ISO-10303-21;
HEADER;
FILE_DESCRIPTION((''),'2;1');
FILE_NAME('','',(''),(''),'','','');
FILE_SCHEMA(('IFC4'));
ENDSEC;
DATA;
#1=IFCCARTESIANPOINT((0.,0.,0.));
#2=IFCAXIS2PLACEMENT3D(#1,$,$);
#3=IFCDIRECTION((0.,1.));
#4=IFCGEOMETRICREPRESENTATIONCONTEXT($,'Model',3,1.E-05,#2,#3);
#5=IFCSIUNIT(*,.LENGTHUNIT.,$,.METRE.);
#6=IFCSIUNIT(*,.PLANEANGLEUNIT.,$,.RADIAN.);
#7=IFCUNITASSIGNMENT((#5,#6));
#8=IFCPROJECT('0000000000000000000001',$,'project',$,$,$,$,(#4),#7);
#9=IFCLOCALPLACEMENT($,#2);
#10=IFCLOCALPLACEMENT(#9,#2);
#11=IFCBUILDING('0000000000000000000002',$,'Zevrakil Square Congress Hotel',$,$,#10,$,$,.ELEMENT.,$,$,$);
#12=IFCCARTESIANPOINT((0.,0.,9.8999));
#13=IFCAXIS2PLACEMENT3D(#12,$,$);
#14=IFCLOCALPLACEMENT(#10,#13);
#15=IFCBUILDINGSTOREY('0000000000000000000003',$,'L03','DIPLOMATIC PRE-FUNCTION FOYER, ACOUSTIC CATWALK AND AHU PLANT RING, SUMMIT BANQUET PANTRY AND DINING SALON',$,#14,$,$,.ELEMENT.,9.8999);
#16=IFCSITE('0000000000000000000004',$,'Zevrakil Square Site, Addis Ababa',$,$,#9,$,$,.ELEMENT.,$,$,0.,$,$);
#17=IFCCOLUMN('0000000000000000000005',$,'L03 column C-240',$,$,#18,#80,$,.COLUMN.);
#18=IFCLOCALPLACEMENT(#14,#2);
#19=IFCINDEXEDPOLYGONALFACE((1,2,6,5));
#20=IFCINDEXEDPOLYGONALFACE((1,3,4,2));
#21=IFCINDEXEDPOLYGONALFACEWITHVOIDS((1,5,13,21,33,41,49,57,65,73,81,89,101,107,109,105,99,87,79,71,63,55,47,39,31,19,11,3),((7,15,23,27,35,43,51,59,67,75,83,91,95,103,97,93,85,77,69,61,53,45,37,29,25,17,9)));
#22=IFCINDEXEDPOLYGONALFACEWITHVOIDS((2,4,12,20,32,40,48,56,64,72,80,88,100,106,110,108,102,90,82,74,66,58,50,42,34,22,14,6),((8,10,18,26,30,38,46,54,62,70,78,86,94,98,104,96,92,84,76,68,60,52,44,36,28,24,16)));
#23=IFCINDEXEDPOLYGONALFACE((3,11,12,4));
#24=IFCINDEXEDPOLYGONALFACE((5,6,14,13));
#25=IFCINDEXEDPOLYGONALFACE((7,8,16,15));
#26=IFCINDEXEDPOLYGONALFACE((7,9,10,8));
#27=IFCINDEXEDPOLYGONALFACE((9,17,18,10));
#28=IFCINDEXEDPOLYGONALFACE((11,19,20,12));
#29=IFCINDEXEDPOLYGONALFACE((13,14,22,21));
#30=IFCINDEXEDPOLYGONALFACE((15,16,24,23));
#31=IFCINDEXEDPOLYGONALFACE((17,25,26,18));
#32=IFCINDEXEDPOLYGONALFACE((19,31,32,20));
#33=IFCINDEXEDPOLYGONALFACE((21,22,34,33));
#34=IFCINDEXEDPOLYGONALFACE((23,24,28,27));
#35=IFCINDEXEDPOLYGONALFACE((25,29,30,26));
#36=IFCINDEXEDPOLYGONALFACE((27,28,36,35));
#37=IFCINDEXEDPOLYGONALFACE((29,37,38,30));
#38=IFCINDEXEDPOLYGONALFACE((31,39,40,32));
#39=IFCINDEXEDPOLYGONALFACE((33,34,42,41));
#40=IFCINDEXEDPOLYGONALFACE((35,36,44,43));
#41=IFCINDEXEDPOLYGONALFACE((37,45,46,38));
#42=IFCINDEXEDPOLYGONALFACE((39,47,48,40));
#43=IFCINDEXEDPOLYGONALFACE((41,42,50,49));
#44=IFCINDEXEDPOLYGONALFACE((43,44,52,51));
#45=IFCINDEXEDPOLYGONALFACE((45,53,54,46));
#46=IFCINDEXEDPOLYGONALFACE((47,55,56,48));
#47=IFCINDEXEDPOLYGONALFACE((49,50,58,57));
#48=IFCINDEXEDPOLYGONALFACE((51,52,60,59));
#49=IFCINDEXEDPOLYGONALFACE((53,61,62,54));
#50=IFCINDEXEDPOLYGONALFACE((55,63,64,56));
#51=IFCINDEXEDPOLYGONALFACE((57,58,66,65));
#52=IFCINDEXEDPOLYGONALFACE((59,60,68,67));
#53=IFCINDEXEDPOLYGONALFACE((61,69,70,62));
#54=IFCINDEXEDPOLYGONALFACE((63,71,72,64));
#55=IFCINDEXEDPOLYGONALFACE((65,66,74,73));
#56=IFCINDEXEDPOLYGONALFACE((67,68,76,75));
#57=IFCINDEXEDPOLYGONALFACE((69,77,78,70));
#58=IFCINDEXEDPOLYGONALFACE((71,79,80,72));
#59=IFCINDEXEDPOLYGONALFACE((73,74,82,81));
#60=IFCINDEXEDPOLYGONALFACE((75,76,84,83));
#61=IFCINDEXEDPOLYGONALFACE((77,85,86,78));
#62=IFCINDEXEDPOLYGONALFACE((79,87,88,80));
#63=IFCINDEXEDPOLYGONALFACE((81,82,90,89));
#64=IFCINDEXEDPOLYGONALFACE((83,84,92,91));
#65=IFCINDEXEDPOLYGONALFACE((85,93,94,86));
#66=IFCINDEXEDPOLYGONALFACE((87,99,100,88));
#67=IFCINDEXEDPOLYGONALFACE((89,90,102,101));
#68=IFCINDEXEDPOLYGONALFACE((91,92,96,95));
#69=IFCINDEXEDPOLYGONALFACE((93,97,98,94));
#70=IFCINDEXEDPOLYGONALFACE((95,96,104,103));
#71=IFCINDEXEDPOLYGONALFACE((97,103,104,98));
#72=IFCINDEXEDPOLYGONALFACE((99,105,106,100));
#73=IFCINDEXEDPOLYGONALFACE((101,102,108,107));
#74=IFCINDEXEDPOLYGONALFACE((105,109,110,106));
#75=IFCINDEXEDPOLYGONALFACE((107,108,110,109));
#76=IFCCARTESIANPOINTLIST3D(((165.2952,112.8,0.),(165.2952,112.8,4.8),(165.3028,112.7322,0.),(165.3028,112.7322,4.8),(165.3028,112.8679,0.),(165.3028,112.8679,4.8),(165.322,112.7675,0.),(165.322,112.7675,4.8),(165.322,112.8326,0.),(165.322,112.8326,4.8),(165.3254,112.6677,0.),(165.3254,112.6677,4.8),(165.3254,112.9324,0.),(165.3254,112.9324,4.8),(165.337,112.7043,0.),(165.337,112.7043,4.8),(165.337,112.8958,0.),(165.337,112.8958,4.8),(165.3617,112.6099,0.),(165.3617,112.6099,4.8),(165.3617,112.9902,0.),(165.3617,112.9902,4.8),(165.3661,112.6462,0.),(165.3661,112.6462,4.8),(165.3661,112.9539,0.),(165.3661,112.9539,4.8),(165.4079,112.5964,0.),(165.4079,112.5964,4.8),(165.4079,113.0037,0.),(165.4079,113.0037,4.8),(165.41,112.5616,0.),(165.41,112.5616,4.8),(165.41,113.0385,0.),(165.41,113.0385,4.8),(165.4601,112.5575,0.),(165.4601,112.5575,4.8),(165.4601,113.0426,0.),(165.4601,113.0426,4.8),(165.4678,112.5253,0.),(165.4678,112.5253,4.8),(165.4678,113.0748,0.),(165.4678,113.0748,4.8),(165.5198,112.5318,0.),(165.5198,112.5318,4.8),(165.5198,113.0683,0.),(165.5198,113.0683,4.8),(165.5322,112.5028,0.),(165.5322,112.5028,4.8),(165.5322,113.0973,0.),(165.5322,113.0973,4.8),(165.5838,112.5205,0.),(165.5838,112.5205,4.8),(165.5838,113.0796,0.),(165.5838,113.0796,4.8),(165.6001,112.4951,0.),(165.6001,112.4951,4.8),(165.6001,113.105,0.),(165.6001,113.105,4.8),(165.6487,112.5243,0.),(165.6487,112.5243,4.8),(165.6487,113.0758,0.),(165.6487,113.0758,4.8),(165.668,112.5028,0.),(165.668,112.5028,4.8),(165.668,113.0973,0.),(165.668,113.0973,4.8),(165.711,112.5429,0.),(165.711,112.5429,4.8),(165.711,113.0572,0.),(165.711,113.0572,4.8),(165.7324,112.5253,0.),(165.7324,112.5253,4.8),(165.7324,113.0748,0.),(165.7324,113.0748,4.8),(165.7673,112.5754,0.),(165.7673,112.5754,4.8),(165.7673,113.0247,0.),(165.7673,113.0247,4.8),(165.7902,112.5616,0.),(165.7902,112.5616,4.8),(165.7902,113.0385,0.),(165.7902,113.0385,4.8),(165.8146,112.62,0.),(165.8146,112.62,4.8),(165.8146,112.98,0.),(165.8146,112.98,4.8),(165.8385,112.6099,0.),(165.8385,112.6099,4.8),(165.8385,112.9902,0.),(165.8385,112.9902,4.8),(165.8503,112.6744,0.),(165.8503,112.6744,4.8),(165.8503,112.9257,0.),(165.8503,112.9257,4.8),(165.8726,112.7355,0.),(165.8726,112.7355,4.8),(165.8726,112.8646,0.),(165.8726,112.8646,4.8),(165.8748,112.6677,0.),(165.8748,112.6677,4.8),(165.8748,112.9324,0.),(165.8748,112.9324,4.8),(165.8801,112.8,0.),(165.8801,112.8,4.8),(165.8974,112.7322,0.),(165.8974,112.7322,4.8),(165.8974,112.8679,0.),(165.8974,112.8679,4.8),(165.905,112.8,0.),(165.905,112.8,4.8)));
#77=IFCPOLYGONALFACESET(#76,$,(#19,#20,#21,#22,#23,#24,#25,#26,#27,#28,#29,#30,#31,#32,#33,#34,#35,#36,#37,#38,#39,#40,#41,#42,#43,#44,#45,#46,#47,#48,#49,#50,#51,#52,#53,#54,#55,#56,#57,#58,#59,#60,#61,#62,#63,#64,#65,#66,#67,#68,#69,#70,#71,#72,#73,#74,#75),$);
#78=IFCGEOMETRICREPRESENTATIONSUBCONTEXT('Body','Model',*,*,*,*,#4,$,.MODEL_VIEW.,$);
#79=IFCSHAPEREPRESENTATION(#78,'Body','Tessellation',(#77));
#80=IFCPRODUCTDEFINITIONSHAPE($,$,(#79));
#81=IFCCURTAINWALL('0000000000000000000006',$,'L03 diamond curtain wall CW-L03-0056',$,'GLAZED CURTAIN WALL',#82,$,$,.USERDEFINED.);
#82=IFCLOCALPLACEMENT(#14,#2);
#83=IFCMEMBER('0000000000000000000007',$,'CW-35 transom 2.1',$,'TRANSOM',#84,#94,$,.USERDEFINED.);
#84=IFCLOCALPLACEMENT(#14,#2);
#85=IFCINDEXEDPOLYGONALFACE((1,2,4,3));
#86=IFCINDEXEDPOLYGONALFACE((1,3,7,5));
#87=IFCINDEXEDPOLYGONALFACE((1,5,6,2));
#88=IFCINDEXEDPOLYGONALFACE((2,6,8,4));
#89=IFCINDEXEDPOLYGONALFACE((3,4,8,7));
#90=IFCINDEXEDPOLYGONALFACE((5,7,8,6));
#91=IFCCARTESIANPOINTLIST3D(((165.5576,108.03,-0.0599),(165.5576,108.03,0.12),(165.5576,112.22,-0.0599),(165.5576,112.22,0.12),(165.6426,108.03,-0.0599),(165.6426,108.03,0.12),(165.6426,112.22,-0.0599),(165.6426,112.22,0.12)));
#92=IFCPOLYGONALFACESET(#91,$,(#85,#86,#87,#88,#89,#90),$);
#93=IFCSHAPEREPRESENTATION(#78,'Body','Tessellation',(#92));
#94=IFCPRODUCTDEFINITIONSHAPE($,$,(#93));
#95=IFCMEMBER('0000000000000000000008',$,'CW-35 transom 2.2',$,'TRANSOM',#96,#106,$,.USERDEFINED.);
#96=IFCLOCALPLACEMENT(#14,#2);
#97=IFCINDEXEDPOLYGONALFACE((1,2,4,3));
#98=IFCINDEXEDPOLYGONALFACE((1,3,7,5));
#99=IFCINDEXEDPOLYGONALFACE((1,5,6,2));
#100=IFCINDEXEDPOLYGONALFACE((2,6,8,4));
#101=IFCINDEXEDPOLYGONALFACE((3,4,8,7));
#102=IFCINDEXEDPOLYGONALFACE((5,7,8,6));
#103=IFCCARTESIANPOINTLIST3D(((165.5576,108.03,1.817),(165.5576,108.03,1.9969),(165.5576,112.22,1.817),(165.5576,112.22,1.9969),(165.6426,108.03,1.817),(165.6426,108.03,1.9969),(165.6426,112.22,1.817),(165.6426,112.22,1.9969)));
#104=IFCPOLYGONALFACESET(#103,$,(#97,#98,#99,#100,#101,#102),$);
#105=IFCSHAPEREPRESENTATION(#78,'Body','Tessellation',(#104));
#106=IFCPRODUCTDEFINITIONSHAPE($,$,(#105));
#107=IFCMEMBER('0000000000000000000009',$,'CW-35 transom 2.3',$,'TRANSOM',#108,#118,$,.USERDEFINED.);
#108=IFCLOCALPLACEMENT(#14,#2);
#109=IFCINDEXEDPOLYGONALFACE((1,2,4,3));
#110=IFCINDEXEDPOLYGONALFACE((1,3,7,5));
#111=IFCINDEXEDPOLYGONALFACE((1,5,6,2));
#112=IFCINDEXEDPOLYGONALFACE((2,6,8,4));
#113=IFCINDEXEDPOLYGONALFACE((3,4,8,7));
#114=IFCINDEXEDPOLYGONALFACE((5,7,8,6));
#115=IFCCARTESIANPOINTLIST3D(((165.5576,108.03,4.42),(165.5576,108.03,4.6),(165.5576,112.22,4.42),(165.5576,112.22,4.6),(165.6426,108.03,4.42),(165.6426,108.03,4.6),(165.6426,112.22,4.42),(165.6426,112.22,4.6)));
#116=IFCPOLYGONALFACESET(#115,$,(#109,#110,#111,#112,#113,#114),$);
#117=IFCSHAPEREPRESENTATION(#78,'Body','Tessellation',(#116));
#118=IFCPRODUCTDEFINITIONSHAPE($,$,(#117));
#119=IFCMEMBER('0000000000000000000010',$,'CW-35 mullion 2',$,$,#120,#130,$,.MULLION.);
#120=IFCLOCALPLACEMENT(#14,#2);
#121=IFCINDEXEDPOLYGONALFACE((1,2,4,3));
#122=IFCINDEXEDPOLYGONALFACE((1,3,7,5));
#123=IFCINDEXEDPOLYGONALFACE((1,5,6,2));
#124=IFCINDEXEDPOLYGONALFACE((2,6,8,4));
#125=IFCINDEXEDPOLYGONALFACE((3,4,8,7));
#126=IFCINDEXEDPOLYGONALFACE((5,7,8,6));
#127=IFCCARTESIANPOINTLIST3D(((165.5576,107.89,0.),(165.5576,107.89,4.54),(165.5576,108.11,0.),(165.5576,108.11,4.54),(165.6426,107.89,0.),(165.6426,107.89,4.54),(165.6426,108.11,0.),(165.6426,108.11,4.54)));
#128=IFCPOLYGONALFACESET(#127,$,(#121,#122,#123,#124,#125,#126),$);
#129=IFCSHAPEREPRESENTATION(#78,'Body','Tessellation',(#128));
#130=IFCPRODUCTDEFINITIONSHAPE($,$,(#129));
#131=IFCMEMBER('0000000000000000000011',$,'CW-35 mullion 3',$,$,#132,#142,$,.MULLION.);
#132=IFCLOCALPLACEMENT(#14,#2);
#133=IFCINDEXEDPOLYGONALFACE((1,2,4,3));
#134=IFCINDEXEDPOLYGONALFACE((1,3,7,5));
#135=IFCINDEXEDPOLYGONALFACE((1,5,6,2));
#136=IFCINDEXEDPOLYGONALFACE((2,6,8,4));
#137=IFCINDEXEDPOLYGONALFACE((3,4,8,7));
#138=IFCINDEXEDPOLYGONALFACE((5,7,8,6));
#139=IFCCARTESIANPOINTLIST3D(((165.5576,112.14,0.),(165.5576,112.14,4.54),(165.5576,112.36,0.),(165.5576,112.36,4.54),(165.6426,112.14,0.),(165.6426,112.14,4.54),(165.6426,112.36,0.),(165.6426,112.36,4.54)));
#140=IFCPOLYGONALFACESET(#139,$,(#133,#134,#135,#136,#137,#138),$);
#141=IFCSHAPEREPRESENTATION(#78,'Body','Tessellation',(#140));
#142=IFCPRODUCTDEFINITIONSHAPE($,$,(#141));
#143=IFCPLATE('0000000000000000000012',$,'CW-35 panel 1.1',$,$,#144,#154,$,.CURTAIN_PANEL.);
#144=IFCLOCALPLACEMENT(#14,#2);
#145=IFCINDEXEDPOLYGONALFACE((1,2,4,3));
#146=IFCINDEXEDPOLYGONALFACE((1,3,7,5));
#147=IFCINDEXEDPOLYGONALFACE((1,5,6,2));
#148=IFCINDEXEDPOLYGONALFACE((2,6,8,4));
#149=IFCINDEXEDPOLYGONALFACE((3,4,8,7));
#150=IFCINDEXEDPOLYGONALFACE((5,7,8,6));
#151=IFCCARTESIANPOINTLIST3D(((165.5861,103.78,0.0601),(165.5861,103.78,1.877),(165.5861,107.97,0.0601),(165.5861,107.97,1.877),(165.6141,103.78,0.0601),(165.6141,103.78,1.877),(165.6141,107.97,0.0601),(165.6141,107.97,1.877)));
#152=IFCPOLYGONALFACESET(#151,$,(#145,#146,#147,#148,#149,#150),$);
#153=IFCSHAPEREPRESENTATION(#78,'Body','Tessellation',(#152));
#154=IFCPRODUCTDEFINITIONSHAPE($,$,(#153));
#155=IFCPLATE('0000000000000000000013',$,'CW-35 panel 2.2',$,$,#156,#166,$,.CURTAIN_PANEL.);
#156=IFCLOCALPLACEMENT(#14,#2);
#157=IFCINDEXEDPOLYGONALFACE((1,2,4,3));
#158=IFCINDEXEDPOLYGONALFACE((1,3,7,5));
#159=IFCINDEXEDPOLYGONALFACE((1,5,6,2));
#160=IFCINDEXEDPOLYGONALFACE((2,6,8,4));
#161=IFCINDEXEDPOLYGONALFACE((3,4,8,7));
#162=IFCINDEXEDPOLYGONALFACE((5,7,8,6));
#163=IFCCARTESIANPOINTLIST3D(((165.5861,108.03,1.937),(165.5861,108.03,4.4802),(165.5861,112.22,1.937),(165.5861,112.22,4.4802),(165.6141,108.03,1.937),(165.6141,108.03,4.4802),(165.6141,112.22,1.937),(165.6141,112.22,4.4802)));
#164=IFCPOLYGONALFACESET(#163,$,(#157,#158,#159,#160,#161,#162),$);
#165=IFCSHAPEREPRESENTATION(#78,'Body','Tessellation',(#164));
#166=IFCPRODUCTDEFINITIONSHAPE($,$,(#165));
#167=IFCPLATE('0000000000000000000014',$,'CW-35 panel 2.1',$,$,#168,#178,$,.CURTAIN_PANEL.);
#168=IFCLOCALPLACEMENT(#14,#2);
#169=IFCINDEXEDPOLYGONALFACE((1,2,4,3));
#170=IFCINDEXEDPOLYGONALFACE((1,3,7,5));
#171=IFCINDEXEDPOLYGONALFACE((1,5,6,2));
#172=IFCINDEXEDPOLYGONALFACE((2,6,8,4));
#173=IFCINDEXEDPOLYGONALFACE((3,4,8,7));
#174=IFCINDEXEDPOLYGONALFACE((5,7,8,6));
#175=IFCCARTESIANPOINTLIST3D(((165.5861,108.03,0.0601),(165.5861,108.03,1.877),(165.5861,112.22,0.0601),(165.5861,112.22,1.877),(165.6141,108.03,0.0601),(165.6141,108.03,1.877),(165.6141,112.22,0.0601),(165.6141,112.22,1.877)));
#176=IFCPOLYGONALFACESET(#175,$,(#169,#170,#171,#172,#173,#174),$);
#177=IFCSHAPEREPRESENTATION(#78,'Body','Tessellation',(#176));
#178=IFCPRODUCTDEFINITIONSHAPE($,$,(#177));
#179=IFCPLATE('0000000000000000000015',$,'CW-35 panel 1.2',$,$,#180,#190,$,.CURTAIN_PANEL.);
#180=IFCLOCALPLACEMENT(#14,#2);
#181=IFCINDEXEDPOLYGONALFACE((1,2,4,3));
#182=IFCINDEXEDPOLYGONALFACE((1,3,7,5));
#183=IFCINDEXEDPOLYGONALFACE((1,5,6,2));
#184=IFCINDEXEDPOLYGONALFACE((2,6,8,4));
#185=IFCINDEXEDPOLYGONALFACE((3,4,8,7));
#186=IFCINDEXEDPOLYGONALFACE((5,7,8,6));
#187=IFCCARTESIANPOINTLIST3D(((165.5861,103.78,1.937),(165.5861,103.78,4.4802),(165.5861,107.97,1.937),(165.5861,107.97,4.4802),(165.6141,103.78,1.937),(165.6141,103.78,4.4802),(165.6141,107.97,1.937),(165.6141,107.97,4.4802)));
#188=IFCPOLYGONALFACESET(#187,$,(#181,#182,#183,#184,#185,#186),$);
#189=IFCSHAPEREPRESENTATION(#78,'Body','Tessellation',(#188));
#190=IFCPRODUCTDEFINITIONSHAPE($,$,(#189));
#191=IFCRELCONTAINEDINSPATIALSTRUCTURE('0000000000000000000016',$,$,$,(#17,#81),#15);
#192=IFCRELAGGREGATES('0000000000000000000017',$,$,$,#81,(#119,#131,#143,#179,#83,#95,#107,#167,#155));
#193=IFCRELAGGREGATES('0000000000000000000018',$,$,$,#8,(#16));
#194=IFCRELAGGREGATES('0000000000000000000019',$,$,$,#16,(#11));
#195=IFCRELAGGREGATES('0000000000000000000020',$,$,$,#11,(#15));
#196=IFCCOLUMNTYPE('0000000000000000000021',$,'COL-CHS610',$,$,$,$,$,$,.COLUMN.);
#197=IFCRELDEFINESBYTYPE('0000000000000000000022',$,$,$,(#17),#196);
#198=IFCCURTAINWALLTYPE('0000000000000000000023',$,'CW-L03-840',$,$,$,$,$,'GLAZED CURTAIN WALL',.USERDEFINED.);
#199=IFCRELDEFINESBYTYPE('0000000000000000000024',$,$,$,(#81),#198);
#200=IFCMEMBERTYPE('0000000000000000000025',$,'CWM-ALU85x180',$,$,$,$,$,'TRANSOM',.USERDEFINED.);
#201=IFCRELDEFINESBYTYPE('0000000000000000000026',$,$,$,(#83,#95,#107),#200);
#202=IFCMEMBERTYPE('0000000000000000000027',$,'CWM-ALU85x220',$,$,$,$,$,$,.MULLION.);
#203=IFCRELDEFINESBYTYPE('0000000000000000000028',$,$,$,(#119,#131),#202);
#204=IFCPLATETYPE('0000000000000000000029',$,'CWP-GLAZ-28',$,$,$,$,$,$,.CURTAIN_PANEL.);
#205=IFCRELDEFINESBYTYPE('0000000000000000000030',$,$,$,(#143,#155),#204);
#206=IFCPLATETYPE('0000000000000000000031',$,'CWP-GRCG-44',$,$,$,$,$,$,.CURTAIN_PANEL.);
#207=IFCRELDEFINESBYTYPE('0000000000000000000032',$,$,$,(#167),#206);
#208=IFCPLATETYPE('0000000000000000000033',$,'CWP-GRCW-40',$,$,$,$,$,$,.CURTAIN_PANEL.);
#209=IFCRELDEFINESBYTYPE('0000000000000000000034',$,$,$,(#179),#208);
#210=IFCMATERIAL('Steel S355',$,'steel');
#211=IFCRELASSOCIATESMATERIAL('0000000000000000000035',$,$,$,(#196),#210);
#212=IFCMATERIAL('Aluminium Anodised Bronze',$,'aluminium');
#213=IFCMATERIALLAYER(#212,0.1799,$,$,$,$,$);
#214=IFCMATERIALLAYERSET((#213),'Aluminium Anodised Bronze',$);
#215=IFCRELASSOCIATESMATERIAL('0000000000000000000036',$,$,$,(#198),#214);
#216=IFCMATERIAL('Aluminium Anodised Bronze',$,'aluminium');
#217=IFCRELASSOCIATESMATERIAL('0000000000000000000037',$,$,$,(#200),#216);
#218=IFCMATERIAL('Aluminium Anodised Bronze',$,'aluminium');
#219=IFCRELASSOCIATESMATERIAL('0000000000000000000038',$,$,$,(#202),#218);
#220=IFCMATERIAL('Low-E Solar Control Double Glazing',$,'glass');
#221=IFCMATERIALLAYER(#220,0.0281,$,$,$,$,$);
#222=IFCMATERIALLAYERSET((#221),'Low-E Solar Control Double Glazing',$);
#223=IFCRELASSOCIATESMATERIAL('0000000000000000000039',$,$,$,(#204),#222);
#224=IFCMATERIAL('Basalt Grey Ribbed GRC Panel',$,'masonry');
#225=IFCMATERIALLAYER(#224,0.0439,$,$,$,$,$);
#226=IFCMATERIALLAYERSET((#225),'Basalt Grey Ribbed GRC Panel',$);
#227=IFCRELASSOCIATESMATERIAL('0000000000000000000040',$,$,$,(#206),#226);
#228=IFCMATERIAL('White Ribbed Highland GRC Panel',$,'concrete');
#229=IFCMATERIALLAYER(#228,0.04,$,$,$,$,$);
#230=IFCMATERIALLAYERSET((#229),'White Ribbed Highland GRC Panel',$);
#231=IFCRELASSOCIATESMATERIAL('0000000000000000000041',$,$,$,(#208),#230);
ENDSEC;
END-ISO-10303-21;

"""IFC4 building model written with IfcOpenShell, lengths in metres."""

from ifc_helpers import new_model, si_unit, direction, frame, origin, origin_2d, place, context, subcontext, project, spatial, rectangle, hollow_circle, extrude, material, layer, layer_set, material_profile, profile_set, type_object, element, aggregate, save


model = new_model("IFC4")

# Units and contexts
model_context = context("Model", 3, precision=1e-05, world=origin(), true_north=direction((0.0, 1.0)))
body_context = subcontext(model_context, "Body", "Model", "MODEL_VIEW")
ifc_project = project(units=[si_unit("LENGTHUNIT", "METRE"), si_unit("PLANEANGLEUNIT", "RADIAN")], contexts=[model_context])

# Site, building, storey
site_placement = place(None, origin())
site = spatial("IfcSite", under=ifc_project, at=site_placement, Name="Zevrakil Square Site, Addis Ababa", CompositionType="ELEMENT", RefElevation=0.0)
building_placement = place(site_placement, origin())
building = spatial("IfcBuilding", under=site, at=building_placement, Name="Zevrakil Square Congress Hotel", CompositionType="ELEMENT")
storey_placement = place(building_placement, frame((0.0, 0.0, 9.8999)))
storey = spatial("IfcBuildingStorey", under=building, at=storey_placement, Name="L03", Description="DIPLOMATIC PRE-FUNCTION FOYER, ACOUSTIC CATWALK AND AHU PLANT RING, SUMMIT BANQUET PANTRY AND DINING SALON", CompositionType="ELEMENT", Elevation=9.8999)

# Column
ifc_material_1 = material(Name="Steel S355", Category="steel")
ifc_material_profile_1 = material_profile(ifc_material_1, hollow_circle(Radius=0.3049, WallThickness=0.0249, at=origin_2d()), Name="CHS 610x25")
ifc_profile_set_1 = profile_set([ifc_material_profile_1], Name="Steel S355")
column_type = type_object("IfcColumnType", Name="COL-CHS610", PredefinedType="COLUMN", material=ifc_profile_set_1)
column_placement = place(storey_placement, frame((165.6001, 112.8, 0.0), z_axis=(0.0, 0.0, 1.0), x_axis=(1.0, 0.0, 0.0)))
element("IfcColumn", 1, at=column_placement, inside=storey, type_object=column_type, Name="L03 column C-240", PredefinedType="COLUMN", context=body_context, shape_type="SweptSolid", body=[
    extrude(hollow_circle(Radius=0.3049, WallThickness=0.0249, at=origin_2d()), origin(), (0.0, 0.0, 1.0), 4.8),
])

# Curtain wall, members, plates
ifc_material_2 = material(Name="Aluminium Anodised Bronze", Category="aluminium")
ifc_layer_1 = layer(ifc_material_2, 0.1799)
ifc_layer_set_1 = layer_set([ifc_layer_1], Name="Aluminium Anodised Bronze")
curtain_wall_type = type_object("IfcCurtainWallType", Name="CW-L03-840", ElementType="GLAZED CURTAIN WALL", PredefinedType="USERDEFINED", material=ifc_layer_set_1)
curtain_wall_placement = place(storey_placement, origin())
curtain_wall = element("IfcCurtainWall", 2, at=curtain_wall_placement, inside=storey, type_object=curtain_wall_type, Name="L03 diamond curtain wall CW-L03-0056", ObjectType="GLAZED CURTAIN WALL", PredefinedType="USERDEFINED")
ifc_material_3 = material(Name="Aluminium Anodised Bronze", Category="aluminium")
ifc_material_profile_2 = material_profile(ifc_material_3, rectangle(XDim=0.085, YDim=0.1799, at=origin_2d()), Name="ALU 85x180")
ifc_profile_set_2 = profile_set([ifc_material_profile_2], Name="Aluminium Anodised Bronze")
member_type_1 = type_object("IfcMemberType", Name="CWM-ALU85x180", ElementType="TRANSOM", PredefinedType="USERDEFINED", material=ifc_profile_set_2)
member_1_placement = place(storey_placement, frame((165.6001, 108.03, 0.03), z_axis=(0.0, 1.0, 0.0), x_axis=(-1.0, 0.0, 0.0)))
member_1 = element("IfcMember", 3, at=member_1_placement, type_object=member_type_1, Name="CW-35 transom 2.1", ObjectType="TRANSOM", PredefinedType="USERDEFINED", context=body_context, shape_type="SweptSolid", body=[
    extrude(rectangle(XDim=0.085, YDim=0.1799, at=origin_2d()), origin(), (0.0, 0.0, 1.0), 4.1899),
])
member_2_placement = place(storey_placement, frame((165.6001, 108.03, 1.907), z_axis=(0.0, 1.0, 0.0), x_axis=(-1.0, 0.0, 0.0)))
member_2 = element("IfcMember", 4, at=member_2_placement, type_object=member_type_1, Name="CW-35 transom 2.2", ObjectType="TRANSOM", PredefinedType="USERDEFINED", context=body_context, shape_type="SweptSolid", body=[
    extrude(rectangle(XDim=0.085, YDim=0.1799, at=origin_2d()), origin(), (0.0, 0.0, 1.0), 4.1899),
])
member_3_placement = place(storey_placement, frame((165.6001, 108.03, 4.51), z_axis=(0.0, 1.0, 0.0), x_axis=(-1.0, 0.0, 0.0)))
member_3 = element("IfcMember", 5, at=member_3_placement, type_object=member_type_1, Name="CW-35 transom 2.3", ObjectType="TRANSOM", PredefinedType="USERDEFINED", context=body_context, shape_type="SweptSolid", body=[
    extrude(rectangle(XDim=0.085, YDim=0.1799, at=origin_2d()), origin(), (0.0, 0.0, 1.0), 4.1899),
])
ifc_material_4 = material(Name="Aluminium Anodised Bronze", Category="aluminium")
ifc_material_profile_3 = material_profile(ifc_material_4, rectangle(XDim=0.085, YDim=0.22, at=origin_2d()), Name="ALU 85x220")
ifc_profile_set_3 = profile_set([ifc_material_profile_3], Name="Aluminium Anodised Bronze")
member_type_2 = type_object("IfcMemberType", Name="CWM-ALU85x220", PredefinedType="MULLION", material=ifc_profile_set_3)
member_4_placement = place(storey_placement, frame((165.6001, 108.0, 0.0), z_axis=(0.0, 0.0, 1.0), x_axis=(-1.0, 0.0, 0.0)))
member_4 = element("IfcMember", 6, at=member_4_placement, type_object=member_type_2, Name="CW-35 mullion 2", PredefinedType="MULLION", context=body_context, shape_type="SweptSolid", body=[
    extrude(rectangle(XDim=0.085, YDim=0.22, at=origin_2d()), origin(), (0.0, 0.0, 1.0), 4.54),
])
member_5_placement = place(storey_placement, frame((165.6001, 112.25, 0.0), z_axis=(0.0, 0.0, 1.0), x_axis=(-1.0, 0.0, 0.0)))
member_5 = element("IfcMember", 7, at=member_5_placement, type_object=member_type_2, Name="CW-35 mullion 3", PredefinedType="MULLION", context=body_context, shape_type="SweptSolid", body=[
    extrude(rectangle(XDim=0.085, YDim=0.22, at=origin_2d()), origin(), (0.0, 0.0, 1.0), 4.54),
])
ifc_material_5 = material(Name="Low-E Solar Control Double Glazing", Category="glass")
ifc_layer_2 = layer(ifc_material_5, 0.0281)
ifc_layer_set_2 = layer_set([ifc_layer_2], Name="Low-E Solar Control Double Glazing")
plate_type_1 = type_object("IfcPlateType", Name="CWP-GLAZ-28", PredefinedType="CURTAIN_PANEL", material=ifc_layer_set_2)
plate_1_placement = place(storey_placement, frame((165.6001, 105.875, 0.0601), z_axis=(0.0, 0.0, 1.0), x_axis=(0.0, 1.0, 0.0)))
plate_1 = element("IfcPlate", 8, at=plate_1_placement, type_object=plate_type_1, Name="CW-35 panel 1.1", PredefinedType="CURTAIN_PANEL", context=body_context, shape_type="SweptSolid", body=[
    extrude(rectangle(XDim=4.1899, YDim=0.0281, at=origin_2d()), origin(), (0.0, 0.0, 1.0), 1.8169),
])
plate_2_placement = place(storey_placement, frame((165.6001, 110.125, 1.937), z_axis=(0.0, 0.0, 1.0), x_axis=(0.0, 1.0, 0.0)))
plate_2 = element("IfcPlate", 9, at=plate_2_placement, type_object=plate_type_1, Name="CW-35 panel 2.2", PredefinedType="CURTAIN_PANEL", context=body_context, shape_type="SweptSolid", body=[
    extrude(rectangle(XDim=4.1899, YDim=0.0281, at=origin_2d()), origin(), (0.0, 0.0, 1.0), 2.5432),
])
ifc_material_6 = material(Name="Basalt Grey Ribbed GRC Panel", Category="masonry")
ifc_layer_3 = layer(ifc_material_6, 0.0439)
ifc_layer_set_3 = layer_set([ifc_layer_3], Name="Basalt Grey Ribbed GRC Panel")
plate_type_2 = type_object("IfcPlateType", Name="CWP-GRCG-44", PredefinedType="CURTAIN_PANEL", material=ifc_layer_set_3)
plate_3_placement = place(storey_placement, frame((165.6001, 110.125, 0.0601), z_axis=(0.0, 0.0, 1.0), x_axis=(0.0, 1.0, 0.0)))
plate_3 = element("IfcPlate", 10, at=plate_3_placement, type_object=plate_type_2, Name="CW-35 panel 2.1", PredefinedType="CURTAIN_PANEL", context=body_context, shape_type="SweptSolid", body=[
    extrude(rectangle(XDim=4.1899, YDim=0.0281, at=origin_2d()), origin(), (0.0, 0.0, 1.0), 1.8169),
])
ifc_material_7 = material(Name="White Ribbed Highland GRC Panel", Category="concrete")
ifc_layer_4 = layer(ifc_material_7, 0.04)
ifc_layer_set_4 = layer_set([ifc_layer_4], Name="White Ribbed Highland GRC Panel")
plate_type_3 = type_object("IfcPlateType", Name="CWP-GRCW-40", PredefinedType="CURTAIN_PANEL", material=ifc_layer_set_4)
plate_4_placement = place(storey_placement, frame((165.6001, 105.875, 1.937), z_axis=(0.0, 0.0, 1.0), x_axis=(0.0, 1.0, 0.0)))
plate_4 = element("IfcPlate", 11, at=plate_4_placement, type_object=plate_type_3, Name="CW-35 panel 1.2", PredefinedType="CURTAIN_PANEL", context=body_context, shape_type="SweptSolid", body=[
    extrude(rectangle(XDim=4.1899, YDim=0.0281, at=origin_2d()), origin(), (0.0, 0.0, 1.0), 2.5432),
])
aggregate(curtain_wall, [member_4, member_5, plate_1, plate_4, member_1, member_2, member_3, plate_3, plate_2])

save(model, "model.ifc")
